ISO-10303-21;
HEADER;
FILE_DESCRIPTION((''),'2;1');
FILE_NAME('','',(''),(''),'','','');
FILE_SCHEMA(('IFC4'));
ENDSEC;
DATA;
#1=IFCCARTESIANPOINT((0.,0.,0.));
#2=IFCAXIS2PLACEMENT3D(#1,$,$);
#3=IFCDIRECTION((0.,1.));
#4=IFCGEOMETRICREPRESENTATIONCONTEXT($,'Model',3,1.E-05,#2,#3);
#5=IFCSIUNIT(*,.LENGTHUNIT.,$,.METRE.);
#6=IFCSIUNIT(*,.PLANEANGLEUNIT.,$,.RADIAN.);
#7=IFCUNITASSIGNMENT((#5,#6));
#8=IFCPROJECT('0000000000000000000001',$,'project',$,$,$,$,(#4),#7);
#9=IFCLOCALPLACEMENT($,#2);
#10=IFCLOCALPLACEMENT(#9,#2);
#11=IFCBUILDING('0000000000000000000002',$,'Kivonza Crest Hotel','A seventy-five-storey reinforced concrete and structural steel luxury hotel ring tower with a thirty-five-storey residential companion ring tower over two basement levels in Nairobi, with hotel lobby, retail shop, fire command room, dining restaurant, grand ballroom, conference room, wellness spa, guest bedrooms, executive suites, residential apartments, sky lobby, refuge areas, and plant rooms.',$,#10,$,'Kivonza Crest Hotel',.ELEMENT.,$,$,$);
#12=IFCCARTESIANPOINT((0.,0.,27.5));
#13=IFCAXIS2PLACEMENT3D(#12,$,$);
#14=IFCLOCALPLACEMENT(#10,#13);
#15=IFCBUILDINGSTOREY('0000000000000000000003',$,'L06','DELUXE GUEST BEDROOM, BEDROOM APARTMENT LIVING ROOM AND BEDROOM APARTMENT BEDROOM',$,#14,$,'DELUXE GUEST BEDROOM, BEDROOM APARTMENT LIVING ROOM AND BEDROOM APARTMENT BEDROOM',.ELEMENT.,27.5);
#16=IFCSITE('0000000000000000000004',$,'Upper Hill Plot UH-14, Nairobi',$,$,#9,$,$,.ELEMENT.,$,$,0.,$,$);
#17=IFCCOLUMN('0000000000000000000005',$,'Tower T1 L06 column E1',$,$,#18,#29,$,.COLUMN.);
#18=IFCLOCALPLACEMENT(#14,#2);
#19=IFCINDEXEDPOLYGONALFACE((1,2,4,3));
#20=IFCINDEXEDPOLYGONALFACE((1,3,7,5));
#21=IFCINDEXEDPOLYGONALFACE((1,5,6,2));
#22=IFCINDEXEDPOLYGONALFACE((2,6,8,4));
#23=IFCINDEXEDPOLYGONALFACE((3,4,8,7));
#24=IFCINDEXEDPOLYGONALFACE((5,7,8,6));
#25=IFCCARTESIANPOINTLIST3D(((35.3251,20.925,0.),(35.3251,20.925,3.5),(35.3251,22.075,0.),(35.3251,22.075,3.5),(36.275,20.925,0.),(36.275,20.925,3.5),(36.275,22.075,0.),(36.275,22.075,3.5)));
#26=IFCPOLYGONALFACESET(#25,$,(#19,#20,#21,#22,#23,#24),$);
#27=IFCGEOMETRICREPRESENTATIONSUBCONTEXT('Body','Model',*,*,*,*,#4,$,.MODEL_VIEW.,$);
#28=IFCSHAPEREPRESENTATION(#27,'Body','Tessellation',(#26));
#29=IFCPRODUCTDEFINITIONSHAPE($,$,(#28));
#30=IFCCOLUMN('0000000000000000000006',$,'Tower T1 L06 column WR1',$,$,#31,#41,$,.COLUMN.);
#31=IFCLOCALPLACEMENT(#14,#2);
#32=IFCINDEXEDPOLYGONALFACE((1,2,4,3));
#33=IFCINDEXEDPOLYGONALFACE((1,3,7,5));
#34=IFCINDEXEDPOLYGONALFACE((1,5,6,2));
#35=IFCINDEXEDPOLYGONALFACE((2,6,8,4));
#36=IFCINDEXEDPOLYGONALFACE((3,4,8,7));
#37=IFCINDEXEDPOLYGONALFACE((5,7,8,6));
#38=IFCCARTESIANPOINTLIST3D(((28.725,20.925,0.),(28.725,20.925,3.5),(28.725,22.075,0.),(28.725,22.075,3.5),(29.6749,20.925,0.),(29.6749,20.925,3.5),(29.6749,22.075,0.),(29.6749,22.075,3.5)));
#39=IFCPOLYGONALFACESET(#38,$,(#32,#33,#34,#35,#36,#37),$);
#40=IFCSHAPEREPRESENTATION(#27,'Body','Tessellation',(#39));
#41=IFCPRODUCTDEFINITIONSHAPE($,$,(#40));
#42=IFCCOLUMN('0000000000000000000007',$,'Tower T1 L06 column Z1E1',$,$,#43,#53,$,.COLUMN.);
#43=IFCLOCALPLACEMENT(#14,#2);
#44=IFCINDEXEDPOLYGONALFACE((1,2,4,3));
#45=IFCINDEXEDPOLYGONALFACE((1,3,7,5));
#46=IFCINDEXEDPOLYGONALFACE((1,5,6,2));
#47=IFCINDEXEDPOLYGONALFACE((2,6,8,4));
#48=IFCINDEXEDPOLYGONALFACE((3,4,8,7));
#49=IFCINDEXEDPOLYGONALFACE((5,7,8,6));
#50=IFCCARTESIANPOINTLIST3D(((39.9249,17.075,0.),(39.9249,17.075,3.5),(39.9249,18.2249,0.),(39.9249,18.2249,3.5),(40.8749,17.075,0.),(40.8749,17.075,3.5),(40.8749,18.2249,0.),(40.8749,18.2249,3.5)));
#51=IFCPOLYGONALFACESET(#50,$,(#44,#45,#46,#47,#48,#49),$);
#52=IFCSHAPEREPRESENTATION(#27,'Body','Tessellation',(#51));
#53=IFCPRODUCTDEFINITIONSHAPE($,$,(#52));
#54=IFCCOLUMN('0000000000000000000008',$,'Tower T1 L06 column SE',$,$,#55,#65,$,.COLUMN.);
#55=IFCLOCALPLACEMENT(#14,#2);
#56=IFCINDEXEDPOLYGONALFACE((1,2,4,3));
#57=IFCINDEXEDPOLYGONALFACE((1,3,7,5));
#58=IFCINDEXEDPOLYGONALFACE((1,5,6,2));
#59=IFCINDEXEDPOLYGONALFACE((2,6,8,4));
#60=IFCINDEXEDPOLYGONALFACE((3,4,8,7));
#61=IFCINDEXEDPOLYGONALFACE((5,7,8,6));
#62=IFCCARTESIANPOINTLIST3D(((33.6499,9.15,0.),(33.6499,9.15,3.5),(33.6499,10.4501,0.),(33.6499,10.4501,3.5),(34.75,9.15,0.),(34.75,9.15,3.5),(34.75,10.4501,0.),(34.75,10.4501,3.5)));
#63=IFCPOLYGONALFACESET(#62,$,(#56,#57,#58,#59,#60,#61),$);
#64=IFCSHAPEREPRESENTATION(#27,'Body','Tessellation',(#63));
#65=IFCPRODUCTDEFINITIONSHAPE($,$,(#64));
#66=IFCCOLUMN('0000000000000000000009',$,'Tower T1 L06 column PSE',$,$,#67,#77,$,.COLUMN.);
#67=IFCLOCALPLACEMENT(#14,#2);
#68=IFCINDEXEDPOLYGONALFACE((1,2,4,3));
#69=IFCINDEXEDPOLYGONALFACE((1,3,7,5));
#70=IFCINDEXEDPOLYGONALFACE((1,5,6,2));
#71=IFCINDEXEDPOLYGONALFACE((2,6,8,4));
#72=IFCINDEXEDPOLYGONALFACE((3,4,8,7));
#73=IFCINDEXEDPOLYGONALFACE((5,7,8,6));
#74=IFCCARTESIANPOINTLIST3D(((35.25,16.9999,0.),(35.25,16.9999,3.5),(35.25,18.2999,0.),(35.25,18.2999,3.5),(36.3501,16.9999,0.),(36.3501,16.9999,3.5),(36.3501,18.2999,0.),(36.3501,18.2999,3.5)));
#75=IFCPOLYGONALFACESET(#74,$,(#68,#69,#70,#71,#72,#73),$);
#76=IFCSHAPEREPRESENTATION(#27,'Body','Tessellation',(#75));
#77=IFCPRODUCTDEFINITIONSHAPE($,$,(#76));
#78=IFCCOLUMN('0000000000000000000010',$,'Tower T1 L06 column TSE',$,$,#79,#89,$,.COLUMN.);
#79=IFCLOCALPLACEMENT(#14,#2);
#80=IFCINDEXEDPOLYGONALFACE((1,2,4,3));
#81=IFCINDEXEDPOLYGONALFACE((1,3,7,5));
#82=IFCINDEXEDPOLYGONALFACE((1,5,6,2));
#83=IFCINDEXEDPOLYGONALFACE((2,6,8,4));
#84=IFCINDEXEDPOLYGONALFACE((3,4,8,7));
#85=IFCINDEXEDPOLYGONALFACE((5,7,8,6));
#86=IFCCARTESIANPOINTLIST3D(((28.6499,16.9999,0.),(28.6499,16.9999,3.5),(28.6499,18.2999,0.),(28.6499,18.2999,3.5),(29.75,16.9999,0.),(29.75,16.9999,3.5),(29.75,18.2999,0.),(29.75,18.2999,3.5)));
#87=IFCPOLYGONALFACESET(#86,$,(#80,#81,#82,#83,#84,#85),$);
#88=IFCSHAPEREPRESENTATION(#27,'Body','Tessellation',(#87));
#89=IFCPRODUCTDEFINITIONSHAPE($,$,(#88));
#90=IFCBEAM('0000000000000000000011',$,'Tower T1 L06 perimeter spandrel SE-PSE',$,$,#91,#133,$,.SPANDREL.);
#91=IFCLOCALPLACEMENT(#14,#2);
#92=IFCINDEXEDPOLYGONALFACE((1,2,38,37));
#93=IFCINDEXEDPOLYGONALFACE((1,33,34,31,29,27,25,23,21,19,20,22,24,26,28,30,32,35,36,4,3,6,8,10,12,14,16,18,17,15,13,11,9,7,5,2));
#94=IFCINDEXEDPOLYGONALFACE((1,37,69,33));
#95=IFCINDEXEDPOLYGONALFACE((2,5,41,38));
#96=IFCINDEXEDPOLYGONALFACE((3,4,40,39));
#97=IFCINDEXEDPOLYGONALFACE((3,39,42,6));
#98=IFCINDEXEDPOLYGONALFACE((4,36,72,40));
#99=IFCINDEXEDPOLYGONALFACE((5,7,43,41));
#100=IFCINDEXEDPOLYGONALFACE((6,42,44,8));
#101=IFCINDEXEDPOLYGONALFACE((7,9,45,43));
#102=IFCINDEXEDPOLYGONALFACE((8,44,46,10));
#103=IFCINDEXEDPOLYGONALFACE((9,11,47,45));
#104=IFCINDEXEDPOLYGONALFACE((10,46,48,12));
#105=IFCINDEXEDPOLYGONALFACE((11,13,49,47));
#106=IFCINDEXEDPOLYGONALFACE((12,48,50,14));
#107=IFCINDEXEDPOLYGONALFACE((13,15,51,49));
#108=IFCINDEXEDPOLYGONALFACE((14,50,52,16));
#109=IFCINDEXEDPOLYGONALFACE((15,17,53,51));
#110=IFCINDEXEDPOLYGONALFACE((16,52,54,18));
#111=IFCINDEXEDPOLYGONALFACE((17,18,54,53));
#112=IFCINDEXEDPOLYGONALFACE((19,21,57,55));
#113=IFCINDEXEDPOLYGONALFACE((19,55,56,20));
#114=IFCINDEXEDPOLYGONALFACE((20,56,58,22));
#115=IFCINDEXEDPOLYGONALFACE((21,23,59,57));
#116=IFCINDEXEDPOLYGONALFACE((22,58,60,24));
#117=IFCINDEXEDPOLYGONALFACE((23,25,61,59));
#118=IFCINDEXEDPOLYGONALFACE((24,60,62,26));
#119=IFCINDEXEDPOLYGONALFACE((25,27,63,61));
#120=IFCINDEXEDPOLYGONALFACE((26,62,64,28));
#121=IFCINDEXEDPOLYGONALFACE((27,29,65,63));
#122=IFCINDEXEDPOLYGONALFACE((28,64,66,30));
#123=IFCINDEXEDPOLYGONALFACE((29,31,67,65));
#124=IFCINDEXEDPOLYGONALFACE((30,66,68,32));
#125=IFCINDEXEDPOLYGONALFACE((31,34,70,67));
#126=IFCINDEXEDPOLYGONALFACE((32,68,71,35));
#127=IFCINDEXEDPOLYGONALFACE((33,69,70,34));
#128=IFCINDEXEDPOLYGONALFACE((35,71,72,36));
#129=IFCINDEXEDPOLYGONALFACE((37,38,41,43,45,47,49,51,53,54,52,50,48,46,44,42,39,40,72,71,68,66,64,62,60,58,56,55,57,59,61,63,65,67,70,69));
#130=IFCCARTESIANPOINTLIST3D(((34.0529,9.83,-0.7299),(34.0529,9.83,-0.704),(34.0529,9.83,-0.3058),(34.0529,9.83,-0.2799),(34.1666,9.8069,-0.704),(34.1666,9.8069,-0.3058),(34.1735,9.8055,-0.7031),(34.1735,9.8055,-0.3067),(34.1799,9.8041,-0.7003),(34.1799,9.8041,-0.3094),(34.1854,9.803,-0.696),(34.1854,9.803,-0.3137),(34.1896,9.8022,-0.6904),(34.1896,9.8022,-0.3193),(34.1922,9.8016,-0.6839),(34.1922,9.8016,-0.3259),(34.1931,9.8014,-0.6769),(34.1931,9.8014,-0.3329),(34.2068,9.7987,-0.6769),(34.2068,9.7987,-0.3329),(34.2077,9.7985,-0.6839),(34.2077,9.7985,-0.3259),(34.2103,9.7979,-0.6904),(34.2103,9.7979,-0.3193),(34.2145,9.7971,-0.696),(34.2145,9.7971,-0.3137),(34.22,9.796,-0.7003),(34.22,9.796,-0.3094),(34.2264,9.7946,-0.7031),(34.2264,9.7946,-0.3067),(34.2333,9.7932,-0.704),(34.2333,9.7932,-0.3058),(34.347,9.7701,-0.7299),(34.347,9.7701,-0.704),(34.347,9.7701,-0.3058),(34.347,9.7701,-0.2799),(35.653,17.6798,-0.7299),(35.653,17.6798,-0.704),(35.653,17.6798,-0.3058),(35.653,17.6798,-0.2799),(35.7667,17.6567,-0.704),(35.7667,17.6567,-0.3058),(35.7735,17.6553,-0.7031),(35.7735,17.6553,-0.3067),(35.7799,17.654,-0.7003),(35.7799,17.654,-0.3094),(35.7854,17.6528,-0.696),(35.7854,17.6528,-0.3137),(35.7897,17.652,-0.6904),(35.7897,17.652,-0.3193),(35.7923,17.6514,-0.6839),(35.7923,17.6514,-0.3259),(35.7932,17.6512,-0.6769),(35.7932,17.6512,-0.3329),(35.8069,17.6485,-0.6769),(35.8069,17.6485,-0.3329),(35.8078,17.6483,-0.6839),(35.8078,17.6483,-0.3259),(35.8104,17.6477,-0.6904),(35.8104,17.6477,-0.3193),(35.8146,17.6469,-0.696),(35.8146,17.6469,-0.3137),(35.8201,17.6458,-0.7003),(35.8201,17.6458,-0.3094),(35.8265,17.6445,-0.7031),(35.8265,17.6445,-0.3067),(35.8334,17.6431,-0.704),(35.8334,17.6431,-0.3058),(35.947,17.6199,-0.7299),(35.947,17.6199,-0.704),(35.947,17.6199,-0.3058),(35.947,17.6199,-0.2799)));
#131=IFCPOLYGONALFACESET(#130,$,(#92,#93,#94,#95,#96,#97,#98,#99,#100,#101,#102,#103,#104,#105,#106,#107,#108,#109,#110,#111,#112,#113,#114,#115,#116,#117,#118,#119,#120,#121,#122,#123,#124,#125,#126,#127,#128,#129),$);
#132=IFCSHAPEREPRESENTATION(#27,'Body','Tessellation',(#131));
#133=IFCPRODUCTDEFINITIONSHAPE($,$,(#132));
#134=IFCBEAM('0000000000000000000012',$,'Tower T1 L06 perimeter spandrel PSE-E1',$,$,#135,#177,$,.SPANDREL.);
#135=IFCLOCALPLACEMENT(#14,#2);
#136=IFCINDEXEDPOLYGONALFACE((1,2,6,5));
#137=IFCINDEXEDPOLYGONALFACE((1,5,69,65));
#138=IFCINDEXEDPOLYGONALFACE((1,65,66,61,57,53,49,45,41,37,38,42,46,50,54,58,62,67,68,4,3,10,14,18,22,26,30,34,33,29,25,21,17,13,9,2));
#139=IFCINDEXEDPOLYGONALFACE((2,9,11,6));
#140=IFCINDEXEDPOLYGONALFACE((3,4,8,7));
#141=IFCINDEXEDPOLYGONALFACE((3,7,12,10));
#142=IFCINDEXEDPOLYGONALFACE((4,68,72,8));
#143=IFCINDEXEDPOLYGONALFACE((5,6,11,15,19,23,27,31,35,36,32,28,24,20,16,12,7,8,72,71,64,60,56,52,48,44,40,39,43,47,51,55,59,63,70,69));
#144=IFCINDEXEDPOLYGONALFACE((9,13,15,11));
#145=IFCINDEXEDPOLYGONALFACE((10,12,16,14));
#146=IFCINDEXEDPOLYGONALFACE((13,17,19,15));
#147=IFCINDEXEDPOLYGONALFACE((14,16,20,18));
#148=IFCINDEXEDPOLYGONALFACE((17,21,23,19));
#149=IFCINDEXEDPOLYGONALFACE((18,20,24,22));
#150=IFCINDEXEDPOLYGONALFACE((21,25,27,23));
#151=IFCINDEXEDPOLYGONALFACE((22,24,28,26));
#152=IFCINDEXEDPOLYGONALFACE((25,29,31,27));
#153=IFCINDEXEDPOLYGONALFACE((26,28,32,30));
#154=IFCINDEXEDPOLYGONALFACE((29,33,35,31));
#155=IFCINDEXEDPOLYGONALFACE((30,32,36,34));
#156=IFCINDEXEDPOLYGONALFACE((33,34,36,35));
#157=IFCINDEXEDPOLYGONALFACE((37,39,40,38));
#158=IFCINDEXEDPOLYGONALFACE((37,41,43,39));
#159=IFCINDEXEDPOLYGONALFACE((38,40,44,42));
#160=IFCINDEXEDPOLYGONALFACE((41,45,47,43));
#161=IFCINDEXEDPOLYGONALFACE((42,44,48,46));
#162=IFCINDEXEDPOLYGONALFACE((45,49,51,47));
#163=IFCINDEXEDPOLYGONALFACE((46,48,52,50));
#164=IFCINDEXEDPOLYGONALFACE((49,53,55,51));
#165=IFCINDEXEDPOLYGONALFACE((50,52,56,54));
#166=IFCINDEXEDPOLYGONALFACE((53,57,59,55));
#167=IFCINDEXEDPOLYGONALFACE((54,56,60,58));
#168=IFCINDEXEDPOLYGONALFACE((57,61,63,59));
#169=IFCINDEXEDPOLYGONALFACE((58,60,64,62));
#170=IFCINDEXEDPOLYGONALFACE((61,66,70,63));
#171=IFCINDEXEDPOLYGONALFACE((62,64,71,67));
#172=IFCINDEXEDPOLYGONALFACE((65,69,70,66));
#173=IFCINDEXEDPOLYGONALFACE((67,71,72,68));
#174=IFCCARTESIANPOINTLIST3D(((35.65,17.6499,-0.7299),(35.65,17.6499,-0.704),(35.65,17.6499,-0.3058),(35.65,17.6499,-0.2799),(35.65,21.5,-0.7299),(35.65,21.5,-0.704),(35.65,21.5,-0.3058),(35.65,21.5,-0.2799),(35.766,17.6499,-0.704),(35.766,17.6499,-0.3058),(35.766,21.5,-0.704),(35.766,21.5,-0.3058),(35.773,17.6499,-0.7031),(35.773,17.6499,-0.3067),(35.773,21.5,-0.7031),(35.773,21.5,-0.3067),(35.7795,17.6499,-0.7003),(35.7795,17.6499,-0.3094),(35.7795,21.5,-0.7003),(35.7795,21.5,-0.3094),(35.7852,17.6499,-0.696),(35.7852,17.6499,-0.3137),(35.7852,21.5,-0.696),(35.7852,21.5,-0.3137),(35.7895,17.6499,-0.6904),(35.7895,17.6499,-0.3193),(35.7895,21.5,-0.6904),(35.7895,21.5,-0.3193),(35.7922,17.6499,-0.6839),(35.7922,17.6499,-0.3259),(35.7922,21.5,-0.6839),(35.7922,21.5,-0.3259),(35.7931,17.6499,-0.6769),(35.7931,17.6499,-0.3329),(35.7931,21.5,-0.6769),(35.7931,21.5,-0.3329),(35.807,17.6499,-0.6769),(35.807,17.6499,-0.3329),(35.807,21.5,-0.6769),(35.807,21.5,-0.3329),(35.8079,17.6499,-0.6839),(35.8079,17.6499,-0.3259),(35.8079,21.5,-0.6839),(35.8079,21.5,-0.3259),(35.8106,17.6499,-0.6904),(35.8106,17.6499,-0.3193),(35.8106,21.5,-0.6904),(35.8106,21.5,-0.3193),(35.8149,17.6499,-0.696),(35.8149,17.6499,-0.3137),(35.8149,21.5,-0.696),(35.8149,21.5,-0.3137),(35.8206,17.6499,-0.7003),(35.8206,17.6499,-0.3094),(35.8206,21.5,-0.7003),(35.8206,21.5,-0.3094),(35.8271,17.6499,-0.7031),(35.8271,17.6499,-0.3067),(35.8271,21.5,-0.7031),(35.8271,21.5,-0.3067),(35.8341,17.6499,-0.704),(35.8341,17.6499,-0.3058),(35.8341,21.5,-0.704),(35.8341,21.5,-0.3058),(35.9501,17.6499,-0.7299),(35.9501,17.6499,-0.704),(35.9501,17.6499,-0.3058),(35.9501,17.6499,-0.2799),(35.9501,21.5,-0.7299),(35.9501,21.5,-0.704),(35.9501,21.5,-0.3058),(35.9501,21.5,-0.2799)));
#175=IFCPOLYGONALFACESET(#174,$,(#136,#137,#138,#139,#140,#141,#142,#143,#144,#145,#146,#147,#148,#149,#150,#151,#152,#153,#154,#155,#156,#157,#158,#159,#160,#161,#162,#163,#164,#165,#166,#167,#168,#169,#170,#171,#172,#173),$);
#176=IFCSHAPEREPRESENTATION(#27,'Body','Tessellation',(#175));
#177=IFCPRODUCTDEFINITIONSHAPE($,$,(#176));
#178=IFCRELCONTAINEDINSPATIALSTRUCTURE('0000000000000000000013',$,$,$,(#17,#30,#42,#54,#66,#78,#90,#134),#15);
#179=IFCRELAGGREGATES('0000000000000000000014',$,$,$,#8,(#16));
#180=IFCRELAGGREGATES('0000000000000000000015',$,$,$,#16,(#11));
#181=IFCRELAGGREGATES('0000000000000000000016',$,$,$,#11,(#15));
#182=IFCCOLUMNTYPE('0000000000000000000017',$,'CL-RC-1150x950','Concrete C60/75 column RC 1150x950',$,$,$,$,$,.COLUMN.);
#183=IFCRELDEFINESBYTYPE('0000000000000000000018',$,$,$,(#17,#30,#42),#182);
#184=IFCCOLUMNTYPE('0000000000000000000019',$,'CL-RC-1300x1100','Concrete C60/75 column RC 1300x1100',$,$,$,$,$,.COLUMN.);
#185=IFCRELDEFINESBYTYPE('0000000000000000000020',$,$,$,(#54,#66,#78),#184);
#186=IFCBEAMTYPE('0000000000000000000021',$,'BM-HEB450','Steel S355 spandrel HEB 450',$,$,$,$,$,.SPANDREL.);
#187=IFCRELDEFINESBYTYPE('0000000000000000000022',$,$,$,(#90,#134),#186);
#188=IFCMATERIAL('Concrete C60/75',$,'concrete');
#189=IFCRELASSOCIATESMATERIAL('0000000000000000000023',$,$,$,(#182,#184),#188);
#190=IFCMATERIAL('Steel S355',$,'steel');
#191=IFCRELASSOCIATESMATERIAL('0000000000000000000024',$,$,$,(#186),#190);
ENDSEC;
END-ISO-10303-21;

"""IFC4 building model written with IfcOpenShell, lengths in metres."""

from ifc_helpers import new_model, si_unit, direction, frame, origin, origin_2d, place, context, subcontext, project, spatial, rectangle, i_section, extrude, material, material_profile, profile_set, type_object, element, save


model = new_model("IFC4")

# Units and contexts
model_context = context("Model", 3, precision=1e-05, world=origin(), true_north=direction((0.0, 1.0)))
body_context = subcontext(model_context, "Body", "Model", "MODEL_VIEW")
ifc_project = project(units=[si_unit("LENGTHUNIT", "METRE"), si_unit("PLANEANGLEUNIT", "RADIAN")], contexts=[model_context])

# Site, building, storey
site_placement = place(None, origin())
site = spatial("IfcSite", under=ifc_project, at=site_placement, Name="Upper Hill Plot UH-14, Nairobi", CompositionType="ELEMENT", RefElevation=0.0)
building_placement = place(site_placement, origin())
building = spatial("IfcBuilding", under=site, at=building_placement, Name="Kivonza Crest Hotel", Description="A seventy-five-storey reinforced concrete and structural steel luxury hotel ring tower with a thirty-five-storey residential companion ring tower over two basement levels in Nairobi, with hotel lobby, retail shop, fire command room, dining restaurant, grand ballroom, conference room, wellness spa, guest bedrooms, executive suites, residential apartments, sky lobby, refuge areas, and plant rooms.", LongName="Kivonza Crest Hotel", CompositionType="ELEMENT")
storey_placement = place(building_placement, frame((0.0, 0.0, 27.5)))
storey = spatial("IfcBuildingStorey", under=building, at=storey_placement, Name="L06", Description="DELUXE GUEST BEDROOM, BEDROOM APARTMENT LIVING ROOM AND BEDROOM APARTMENT BEDROOM", LongName="DELUXE GUEST BEDROOM, BEDROOM APARTMENT LIVING ROOM AND BEDROOM APARTMENT BEDROOM", CompositionType="ELEMENT", Elevation=27.5)

# Columns
ifc_material_1 = material(Name="Concrete C60/75", Category="concrete")
ifc_material_profile_1 = material_profile(ifc_material_1, rectangle(XDim=0.95, YDim=1.1499, at=origin_2d()), Name="RC 1150x950")
ifc_profile_set_1 = profile_set([ifc_material_profile_1], Name="Concrete C60/75")
column_type_1 = type_object("IfcColumnType", Name="CL-RC-1150x950", Description="Concrete C60/75 column RC 1150x950", PredefinedType="COLUMN", material=ifc_profile_set_1)
for number, where, z_axis, x_axis, name in (
    (1, (35.8, 21.5, 0.0), (0.0, 0.0, 1.0), (1.0, 0.0, 0.0), "Tower T1 L06 column E1"),
    (2, (29.2, 21.5, 0.0), (0.0, 0.0, 1.0), (1.0, 0.0, 0.0), "Tower T1 L06 column WR1"),
    (3, (40.3999, 17.6499, 0.0), (0.0, 0.0, 1.0), (1.0, 0.0, 0.0), "Tower T1 L06 column Z1E1"),
):
    element("IfcColumn", number, at=place(storey_placement, frame(where, z_axis=z_axis, x_axis=x_axis)), inside=storey, type_object=column_type_1, Name=name, PredefinedType="COLUMN", context=body_context, shape_type="SweptSolid", body=[
        extrude(rectangle(XDim=0.95, YDim=1.1499, at=origin_2d()), origin(), (0.0, 0.0, 1.0), 3.5),
    ])
ifc_material_profile_2 = material_profile(ifc_material_1, rectangle(XDim=1.1001, YDim=1.3, at=origin_2d()), Name="RC 1300x1100")
ifc_profile_set_2 = profile_set([ifc_material_profile_2], Name="Concrete C60/75")
column_type_2 = type_object("IfcColumnType", Name="CL-RC-1300x1100", Description="Concrete C60/75 column RC 1300x1100", PredefinedType="COLUMN", material=ifc_profile_set_2)
for number, where, z_axis, x_axis, name in (
    (4, (34.2, 9.8, 0.0), (0.0, 0.0, 1.0), (1.0, 0.0, 0.0), "Tower T1 L06 column SE"),
    (5, (35.8, 17.6499, 0.0), (0.0, 0.0, 1.0), (1.0, 0.0, 0.0), "Tower T1 L06 column PSE"),
    (6, (29.2, 17.6499, 0.0), (0.0, 0.0, 1.0), (1.0, 0.0, 0.0), "Tower T1 L06 column TSE"),
):
    element("IfcColumn", number, at=place(storey_placement, frame(where, z_axis=z_axis, x_axis=x_axis)), inside=storey, type_object=column_type_2, Name=name, PredefinedType="COLUMN", context=body_context, shape_type="SweptSolid", body=[
        extrude(rectangle(XDim=1.1001, YDim=1.3, at=origin_2d()), origin(), (0.0, 0.0, 1.0), 3.5),
    ])

# Beams
ifc_material_2 = material(Name="Steel S355", Category="steel")
ifc_material_profile_3 = material_profile(ifc_material_2, i_section(OverallWidth=0.3, OverallDepth=0.45, WebThickness=0.0139, FlangeThickness=0.0259, FilletRadius=0.0271, at=origin_2d()), Name="HEB 450")
ifc_profile_set_3 = profile_set([ifc_material_profile_3], Name="Steel S355")
beam_type_1 = type_object("IfcBeamType", Name="BM-HEB450", Description="Steel S355 spandrel HEB 450", PredefinedType="SPANDREL", material=ifc_profile_set_3)
beam_1_placement = place(storey_placement, frame((34.2, 9.8, -0.5049), z_axis=(0.199731, 0.979851, 0.0), x_axis=(-0.979851, 0.199731, 0.0)))
element("IfcBeam", 7, at=beam_1_placement, inside=storey, type_object=beam_type_1, Name="Tower T1 L06 perimeter spandrel SE-PSE", PredefinedType="SPANDREL", context=body_context, shape_type="SweptSolid", body=[
    extrude(i_section(OverallWidth=0.3, OverallDepth=0.45, WebThickness=0.0139, FlangeThickness=0.0259, FilletRadius=0.0271, at=origin_2d()), origin(), (0.0, 0.0, 1.0), 8.0112),
])
beam_2_placement = place(storey_placement, frame((35.8, 17.6499, -0.5049), z_axis=(0.0, 1.0, 0.0), x_axis=(-1.0, 0.0, 0.0)))
element("IfcBeam", 8, at=beam_2_placement, inside=storey, type_object=beam_type_1, Name="Tower T1 L06 perimeter spandrel PSE-E1", PredefinedType="SPANDREL", context=body_context, shape_type="SweptSolid", body=[
    extrude(i_section(OverallWidth=0.3, OverallDepth=0.45, WebThickness=0.0139, FlangeThickness=0.0259, FilletRadius=0.0271, at=origin_2d()), origin(), (0.0, 0.0, 1.0), 3.8501),
])

save(model, "model.ifc")
